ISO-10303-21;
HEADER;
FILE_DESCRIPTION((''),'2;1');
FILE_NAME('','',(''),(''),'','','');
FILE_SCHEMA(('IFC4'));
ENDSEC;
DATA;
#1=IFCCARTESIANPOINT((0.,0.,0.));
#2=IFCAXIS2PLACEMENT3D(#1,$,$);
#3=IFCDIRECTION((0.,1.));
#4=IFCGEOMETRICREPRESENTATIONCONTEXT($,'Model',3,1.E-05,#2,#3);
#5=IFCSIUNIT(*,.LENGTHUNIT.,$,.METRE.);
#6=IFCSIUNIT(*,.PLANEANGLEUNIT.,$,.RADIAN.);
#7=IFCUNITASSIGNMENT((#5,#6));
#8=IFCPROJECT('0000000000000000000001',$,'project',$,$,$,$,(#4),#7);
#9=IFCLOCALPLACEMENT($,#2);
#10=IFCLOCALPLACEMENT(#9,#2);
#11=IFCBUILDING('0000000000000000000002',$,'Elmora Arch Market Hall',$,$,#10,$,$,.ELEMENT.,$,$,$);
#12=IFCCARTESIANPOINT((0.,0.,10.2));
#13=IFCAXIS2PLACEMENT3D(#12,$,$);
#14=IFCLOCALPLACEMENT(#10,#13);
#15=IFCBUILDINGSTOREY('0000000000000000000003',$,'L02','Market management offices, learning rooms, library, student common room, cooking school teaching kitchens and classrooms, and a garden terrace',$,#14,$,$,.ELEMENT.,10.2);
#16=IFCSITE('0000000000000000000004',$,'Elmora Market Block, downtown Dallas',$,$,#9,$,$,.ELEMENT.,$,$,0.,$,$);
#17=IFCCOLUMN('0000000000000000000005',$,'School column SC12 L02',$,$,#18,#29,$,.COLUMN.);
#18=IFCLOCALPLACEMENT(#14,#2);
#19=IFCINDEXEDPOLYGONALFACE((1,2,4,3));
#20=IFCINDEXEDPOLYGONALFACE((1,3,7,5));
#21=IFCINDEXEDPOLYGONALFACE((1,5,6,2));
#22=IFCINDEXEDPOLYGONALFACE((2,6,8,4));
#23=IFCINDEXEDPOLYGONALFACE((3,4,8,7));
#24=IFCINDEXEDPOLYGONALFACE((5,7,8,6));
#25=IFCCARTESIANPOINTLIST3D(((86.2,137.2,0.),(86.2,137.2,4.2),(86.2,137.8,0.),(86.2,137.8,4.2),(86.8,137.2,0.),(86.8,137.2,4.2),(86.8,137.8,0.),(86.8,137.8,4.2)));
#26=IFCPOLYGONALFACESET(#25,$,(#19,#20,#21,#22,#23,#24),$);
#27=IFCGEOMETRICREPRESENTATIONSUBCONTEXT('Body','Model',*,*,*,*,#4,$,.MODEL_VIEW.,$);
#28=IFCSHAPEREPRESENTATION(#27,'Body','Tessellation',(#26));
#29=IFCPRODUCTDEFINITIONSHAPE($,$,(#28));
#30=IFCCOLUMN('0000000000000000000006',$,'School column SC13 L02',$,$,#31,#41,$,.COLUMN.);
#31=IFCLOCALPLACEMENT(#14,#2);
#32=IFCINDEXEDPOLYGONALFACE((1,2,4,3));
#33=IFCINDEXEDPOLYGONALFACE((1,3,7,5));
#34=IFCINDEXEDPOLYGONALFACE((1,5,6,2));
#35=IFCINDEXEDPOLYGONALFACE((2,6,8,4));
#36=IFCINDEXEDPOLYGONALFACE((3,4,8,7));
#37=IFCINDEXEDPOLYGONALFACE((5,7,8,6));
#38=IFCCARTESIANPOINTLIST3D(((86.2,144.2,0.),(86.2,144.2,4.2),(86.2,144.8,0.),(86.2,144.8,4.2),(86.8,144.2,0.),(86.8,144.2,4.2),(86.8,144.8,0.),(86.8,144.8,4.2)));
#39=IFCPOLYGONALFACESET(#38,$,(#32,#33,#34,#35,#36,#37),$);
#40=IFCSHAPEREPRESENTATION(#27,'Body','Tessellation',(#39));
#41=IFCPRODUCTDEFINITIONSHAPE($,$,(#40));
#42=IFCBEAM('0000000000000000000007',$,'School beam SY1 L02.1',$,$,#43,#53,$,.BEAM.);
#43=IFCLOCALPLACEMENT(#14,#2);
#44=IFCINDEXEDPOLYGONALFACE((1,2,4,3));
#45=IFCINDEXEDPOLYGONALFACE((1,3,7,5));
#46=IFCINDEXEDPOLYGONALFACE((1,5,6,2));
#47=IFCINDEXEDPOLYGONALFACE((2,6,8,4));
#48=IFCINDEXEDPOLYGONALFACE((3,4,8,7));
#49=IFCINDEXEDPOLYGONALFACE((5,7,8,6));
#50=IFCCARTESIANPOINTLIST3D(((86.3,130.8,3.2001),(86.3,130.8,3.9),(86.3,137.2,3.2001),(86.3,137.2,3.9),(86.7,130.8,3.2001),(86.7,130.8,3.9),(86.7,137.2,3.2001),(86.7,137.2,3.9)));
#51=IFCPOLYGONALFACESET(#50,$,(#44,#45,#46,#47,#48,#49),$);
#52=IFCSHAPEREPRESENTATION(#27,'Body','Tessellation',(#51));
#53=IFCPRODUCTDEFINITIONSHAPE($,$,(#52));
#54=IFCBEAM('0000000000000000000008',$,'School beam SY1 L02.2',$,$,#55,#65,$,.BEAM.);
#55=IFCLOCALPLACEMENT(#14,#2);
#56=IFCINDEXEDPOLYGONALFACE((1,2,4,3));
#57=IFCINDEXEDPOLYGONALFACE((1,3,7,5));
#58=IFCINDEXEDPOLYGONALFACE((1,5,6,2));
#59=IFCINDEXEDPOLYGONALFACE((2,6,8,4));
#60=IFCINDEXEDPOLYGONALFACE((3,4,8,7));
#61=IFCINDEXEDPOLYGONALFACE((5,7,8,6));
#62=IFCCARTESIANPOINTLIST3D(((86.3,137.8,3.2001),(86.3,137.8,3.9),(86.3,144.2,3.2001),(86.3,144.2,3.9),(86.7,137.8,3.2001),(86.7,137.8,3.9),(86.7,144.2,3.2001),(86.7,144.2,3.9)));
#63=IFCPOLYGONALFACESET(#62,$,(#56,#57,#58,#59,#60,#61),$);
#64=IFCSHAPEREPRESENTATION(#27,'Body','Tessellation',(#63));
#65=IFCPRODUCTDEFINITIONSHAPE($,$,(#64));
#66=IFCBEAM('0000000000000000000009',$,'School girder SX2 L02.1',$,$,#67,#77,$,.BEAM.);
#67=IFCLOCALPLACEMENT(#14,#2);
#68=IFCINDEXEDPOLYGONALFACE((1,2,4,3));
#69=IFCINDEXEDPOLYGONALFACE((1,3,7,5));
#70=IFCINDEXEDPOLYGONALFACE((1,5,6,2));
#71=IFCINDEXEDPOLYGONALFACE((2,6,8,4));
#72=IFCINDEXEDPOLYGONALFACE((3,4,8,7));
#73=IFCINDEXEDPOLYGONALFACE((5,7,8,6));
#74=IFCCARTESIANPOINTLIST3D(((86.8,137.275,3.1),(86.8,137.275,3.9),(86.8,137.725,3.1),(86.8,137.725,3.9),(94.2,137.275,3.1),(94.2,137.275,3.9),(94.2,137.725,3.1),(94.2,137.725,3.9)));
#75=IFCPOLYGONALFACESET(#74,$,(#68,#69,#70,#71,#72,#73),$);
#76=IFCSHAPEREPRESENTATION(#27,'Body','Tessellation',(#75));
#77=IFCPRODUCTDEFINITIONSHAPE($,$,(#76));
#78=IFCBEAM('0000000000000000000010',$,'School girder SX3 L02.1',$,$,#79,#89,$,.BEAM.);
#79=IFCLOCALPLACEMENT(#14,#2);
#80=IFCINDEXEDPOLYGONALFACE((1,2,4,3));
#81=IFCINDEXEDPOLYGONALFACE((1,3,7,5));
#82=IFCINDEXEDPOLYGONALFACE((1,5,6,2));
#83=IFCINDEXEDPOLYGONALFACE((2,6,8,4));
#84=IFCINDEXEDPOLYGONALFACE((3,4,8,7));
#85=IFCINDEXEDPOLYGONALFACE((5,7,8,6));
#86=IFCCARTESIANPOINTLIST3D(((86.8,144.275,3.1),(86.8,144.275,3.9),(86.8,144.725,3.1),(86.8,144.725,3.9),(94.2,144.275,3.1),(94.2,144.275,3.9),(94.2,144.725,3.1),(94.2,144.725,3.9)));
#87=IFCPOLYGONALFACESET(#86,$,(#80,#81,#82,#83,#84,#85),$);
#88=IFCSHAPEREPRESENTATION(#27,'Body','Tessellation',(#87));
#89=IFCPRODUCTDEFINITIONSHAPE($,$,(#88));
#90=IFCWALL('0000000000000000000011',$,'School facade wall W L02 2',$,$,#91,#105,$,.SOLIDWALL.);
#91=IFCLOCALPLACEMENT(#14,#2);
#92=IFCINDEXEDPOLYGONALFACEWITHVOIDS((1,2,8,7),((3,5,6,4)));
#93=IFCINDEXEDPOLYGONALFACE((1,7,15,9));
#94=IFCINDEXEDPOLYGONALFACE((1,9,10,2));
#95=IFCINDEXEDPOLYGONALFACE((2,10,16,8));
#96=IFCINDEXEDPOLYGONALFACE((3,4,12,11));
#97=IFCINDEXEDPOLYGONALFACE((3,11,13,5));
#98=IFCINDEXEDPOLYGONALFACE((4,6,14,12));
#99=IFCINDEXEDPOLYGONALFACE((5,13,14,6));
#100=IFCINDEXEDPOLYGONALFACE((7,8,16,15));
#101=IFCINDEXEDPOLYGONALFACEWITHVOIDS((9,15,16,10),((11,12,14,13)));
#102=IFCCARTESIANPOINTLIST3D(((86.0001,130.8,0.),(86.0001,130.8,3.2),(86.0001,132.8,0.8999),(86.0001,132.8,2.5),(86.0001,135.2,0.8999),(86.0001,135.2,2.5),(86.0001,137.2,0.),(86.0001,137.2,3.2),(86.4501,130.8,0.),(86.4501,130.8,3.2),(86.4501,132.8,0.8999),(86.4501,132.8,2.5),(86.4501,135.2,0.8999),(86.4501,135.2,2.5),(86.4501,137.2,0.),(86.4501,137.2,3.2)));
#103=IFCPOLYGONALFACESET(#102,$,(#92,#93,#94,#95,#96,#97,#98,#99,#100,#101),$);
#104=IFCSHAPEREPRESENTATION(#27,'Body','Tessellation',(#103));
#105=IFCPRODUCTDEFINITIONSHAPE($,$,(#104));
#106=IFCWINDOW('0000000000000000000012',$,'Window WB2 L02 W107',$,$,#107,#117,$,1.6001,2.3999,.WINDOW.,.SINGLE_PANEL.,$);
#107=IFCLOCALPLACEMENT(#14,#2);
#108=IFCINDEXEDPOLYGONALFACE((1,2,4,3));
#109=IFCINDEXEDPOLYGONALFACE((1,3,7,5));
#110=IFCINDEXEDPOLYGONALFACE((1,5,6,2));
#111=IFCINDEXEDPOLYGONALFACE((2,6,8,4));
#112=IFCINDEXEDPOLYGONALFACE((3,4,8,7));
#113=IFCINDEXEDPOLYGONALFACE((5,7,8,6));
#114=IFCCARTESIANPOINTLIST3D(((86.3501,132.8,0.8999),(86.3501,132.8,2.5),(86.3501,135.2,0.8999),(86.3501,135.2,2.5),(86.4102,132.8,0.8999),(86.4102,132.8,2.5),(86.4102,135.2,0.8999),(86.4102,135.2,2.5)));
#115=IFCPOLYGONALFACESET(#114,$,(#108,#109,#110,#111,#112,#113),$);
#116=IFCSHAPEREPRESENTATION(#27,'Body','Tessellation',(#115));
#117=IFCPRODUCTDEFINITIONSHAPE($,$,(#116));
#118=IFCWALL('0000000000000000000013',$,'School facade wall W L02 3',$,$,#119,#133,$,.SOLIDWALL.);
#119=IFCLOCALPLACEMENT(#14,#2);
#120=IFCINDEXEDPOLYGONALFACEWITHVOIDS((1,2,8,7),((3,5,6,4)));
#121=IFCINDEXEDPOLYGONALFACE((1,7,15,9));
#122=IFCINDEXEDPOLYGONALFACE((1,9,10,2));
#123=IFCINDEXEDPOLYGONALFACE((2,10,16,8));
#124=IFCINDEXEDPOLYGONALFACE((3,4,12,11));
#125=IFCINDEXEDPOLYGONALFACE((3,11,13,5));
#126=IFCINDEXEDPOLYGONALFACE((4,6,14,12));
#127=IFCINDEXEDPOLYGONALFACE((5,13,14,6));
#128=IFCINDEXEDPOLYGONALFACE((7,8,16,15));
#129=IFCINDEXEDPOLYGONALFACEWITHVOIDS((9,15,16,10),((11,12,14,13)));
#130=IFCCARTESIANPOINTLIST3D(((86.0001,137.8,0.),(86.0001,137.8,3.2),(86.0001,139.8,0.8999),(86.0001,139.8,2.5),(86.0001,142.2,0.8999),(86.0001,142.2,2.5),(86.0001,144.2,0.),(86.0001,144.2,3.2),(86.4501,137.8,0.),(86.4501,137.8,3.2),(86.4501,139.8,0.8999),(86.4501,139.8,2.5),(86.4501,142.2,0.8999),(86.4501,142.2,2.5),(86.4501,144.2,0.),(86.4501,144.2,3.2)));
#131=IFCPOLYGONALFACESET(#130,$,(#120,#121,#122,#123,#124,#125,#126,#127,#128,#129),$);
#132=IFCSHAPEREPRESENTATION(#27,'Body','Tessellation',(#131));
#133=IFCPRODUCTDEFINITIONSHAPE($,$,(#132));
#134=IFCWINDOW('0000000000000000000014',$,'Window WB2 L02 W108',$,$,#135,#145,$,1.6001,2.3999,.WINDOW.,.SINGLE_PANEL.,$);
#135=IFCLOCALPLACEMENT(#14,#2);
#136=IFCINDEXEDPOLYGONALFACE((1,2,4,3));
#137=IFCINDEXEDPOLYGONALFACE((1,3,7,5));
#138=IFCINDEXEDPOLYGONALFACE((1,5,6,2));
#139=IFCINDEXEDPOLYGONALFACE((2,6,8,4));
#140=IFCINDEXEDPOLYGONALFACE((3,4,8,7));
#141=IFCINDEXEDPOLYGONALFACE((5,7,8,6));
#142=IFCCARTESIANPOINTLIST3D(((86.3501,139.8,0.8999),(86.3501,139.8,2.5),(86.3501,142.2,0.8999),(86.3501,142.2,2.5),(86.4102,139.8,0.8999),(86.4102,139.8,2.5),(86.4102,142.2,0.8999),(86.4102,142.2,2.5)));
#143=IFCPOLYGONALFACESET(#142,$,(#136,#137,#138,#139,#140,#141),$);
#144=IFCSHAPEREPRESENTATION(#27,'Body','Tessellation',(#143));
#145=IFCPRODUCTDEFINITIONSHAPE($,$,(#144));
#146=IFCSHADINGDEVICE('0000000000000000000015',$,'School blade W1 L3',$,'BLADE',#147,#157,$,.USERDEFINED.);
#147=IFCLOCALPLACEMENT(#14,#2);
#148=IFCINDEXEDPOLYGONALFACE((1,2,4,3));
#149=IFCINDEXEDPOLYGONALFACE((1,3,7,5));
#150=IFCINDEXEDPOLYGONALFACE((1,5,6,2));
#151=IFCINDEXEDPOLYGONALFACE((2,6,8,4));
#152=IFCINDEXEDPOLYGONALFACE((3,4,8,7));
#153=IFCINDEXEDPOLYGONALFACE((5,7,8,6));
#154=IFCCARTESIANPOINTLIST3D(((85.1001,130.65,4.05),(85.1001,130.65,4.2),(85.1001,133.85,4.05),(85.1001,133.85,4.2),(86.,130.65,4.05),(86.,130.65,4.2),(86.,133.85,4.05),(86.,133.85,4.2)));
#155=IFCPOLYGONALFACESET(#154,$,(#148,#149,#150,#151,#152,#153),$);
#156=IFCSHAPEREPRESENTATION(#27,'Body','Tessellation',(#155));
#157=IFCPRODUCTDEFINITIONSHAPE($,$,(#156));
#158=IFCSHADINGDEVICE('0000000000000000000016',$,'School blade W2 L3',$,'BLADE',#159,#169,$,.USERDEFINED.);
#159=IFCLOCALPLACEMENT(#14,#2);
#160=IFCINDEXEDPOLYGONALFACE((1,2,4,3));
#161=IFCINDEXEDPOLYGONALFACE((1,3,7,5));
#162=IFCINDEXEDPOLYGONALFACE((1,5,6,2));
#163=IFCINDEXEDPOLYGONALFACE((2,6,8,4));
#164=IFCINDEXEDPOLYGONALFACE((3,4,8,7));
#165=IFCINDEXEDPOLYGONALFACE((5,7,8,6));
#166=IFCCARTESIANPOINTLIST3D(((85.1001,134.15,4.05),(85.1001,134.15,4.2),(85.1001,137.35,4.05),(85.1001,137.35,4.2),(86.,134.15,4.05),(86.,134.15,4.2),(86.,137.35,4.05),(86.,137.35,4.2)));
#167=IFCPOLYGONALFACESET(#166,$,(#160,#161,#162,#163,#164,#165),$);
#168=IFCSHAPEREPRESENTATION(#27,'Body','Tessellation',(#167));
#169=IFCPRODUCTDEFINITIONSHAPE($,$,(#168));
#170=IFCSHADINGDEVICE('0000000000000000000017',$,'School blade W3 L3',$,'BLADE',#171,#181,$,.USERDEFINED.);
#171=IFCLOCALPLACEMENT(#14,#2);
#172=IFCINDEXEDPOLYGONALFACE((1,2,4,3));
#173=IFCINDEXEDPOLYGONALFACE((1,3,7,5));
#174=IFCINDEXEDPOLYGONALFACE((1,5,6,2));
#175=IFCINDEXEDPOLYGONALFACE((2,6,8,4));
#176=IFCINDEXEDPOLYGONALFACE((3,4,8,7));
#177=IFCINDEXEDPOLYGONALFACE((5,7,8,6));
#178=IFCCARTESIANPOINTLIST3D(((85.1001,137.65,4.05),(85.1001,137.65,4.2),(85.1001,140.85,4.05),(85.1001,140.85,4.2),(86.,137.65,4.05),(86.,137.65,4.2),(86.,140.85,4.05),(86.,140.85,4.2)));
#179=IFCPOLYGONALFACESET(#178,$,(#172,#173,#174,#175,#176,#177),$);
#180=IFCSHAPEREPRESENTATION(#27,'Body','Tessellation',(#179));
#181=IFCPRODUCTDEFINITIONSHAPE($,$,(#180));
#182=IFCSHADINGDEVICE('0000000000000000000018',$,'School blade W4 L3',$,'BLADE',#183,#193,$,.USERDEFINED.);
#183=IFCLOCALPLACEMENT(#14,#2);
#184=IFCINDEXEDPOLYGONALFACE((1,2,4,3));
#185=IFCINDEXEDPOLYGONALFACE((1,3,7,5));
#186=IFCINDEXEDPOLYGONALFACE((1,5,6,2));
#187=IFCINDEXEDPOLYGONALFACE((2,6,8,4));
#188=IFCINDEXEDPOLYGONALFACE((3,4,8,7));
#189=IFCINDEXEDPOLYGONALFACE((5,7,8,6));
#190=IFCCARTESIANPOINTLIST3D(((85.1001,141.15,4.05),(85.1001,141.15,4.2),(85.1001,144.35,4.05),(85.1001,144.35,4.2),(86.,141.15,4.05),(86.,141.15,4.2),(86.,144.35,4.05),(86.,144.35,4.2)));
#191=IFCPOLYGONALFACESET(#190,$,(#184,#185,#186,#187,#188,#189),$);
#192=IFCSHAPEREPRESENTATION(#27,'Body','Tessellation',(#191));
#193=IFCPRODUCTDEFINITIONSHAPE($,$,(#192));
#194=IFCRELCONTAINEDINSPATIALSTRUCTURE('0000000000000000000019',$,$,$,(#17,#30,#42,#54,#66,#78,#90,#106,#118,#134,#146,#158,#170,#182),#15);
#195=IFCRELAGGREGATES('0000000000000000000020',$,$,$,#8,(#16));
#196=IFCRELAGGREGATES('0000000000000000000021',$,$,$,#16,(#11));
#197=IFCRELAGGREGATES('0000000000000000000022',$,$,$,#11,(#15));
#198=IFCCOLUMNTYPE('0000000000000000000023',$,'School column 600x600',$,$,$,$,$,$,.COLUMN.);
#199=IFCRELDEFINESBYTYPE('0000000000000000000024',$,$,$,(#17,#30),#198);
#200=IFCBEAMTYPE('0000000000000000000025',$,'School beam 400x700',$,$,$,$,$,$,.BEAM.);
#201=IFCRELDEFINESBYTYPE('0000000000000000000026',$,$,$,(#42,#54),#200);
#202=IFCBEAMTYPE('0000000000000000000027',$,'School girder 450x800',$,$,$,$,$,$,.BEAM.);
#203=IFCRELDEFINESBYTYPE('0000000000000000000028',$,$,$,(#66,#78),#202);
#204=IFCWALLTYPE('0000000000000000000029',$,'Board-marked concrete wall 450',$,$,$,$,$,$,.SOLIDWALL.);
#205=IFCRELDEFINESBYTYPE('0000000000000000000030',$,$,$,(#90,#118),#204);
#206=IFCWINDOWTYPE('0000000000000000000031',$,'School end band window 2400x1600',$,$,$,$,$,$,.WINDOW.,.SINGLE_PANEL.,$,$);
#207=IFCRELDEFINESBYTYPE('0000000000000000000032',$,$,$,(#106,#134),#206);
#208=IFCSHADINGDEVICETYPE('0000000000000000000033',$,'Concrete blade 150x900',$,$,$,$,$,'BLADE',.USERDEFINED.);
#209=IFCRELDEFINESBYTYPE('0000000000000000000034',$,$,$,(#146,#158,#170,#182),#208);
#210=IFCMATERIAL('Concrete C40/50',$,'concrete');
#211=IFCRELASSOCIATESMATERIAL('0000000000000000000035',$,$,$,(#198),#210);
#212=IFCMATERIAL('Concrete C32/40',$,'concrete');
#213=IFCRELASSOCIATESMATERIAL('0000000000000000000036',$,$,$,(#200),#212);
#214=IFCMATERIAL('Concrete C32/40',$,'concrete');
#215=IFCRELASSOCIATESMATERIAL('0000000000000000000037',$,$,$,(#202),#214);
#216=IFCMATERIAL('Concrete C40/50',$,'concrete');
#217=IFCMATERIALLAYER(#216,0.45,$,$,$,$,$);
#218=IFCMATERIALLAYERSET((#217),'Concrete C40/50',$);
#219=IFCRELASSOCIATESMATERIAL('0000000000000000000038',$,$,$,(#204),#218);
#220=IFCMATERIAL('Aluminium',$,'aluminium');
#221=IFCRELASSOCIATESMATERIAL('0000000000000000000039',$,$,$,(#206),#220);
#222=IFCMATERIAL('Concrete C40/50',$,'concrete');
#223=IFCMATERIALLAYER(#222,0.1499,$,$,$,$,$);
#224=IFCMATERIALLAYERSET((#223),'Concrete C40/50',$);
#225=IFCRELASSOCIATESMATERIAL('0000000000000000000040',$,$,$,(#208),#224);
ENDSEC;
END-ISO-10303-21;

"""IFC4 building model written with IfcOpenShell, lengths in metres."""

from ifc_helpers import new_model, si_unit, direction, frame, frame_2d, origin, origin_2d, place, context, subcontext, project, spatial, rectangle, extrude, material, layer, layer_set, material_profile, profile_set, type_object, element, fill, save


model = new_model("IFC4")

# Units and contexts
model_context = context("Model", 3, precision=1e-05, world=origin(), true_north=direction((0.0, 1.0)))
body_context = subcontext(model_context, "Body", "Model", "MODEL_VIEW")
ifc_project = project(units=[si_unit("LENGTHUNIT", "METRE"), si_unit("PLANEANGLEUNIT", "RADIAN")], contexts=[model_context])

# Site, building, storey
site_placement = place(None, origin())
site = spatial("IfcSite", under=ifc_project, at=site_placement, Name="Elmora Market Block, downtown Dallas", CompositionType="ELEMENT", RefElevation=0.0)
building_placement = place(site_placement, origin())
building = spatial("IfcBuilding", under=site, at=building_placement, Name="Elmora Arch Market Hall", CompositionType="ELEMENT")
storey_placement = place(building_placement, frame((0.0, 0.0, 10.2)))
storey = spatial("IfcBuildingStorey", under=building, at=storey_placement, Name="L02", Description="Market management offices, learning rooms, library, student common room, cooking school teaching kitchens and classrooms, and a garden terrace", CompositionType="ELEMENT", Elevation=10.2)

# Columns
ifc_material_1 = material(Name="Concrete C40/50", Category="concrete")
ifc_material_profile_1 = material_profile(ifc_material_1, rectangle(XDim=0.6001, YDim=0.6001, at=origin_2d()), Name="School column 600x600")
ifc_profile_set_1 = profile_set([ifc_material_profile_1], Name="Concrete C40/50")
column_type = type_object("IfcColumnType", Name="School column 600x600", PredefinedType="COLUMN", material=ifc_profile_set_1)
for number, where, z_axis, x_axis, name in (
    (1, (86.5, 137.5, 0.0), (0.0, 0.0, 1.0), (1.0, 0.0, 0.0), "School column SC12 L02"),
    (2, (86.5, 144.5, 0.0), (0.0, 0.0, 1.0), (1.0, 0.0, 0.0), "School column SC13 L02"),
):
    element("IfcColumn", number, at=place(storey_placement, frame(where, z_axis=z_axis, x_axis=x_axis)), inside=storey, type_object=column_type, Name=name, PredefinedType="COLUMN", context=body_context, shape_type="SweptSolid", body=[
        extrude(rectangle(XDim=0.6001, YDim=0.6001, at=origin_2d()), origin(), (0.0, 0.0, 1.0), 4.2),
    ])

# Beams
ifc_material_2 = material(Name="Concrete C32/40", Category="concrete")
ifc_material_profile_2 = material_profile(ifc_material_2, rectangle(XDim=0.3999, YDim=0.7, at=origin_2d()), Name="School beam 400x700")
ifc_profile_set_2 = profile_set([ifc_material_profile_2], Name="Concrete C32/40")
beam_type_1 = type_object("IfcBeamType", Name="School beam 400x700", PredefinedType="BEAM", material=ifc_profile_set_2)
for number, where, z_axis, x_axis, name in (
    (3, (86.5, 130.8, 3.55), (0.0, 1.0, 0.0), (-1.0, 0.0, 0.0), "School beam SY1 L02.1"),
    (4, (86.5, 137.8, 3.55), (0.0, 1.0, 0.0), (-1.0, 0.0, 0.0), "School beam SY1 L02.2"),
):
    element("IfcBeam", number, at=place(storey_placement, frame(where, z_axis=z_axis, x_axis=x_axis)), inside=storey, type_object=beam_type_1, Name=name, PredefinedType="BEAM", context=body_context, shape_type="SweptSolid", body=[
        extrude(rectangle(XDim=0.3999, YDim=0.7, at=origin_2d()), origin(), (0.0, 0.0, 1.0), 6.3999),
    ])
ifc_material_3 = material(Name="Concrete C32/40", Category="concrete")
ifc_material_profile_3 = material_profile(ifc_material_3, rectangle(XDim=0.45, YDim=0.8, at=origin_2d()), Name="School girder 450x800")
ifc_profile_set_3 = profile_set([ifc_material_profile_3], Name="Concrete C32/40")
beam_type_2 = type_object("IfcBeamType", Name="School girder 450x800", PredefinedType="BEAM", material=ifc_profile_set_3)
for number, where, z_axis, x_axis, name in (
    (5, (86.8, 137.5, 3.5), (1.0, 0.0, 0.0), (0.0, 1.0, 0.0), "School girder SX2 L02.1"),
    (6, (86.8, 144.5, 3.5), (1.0, 0.0, 0.0), (0.0, 1.0, 0.0), "School girder SX3 L02.1"),
):
    element("IfcBeam", number, at=place(storey_placement, frame(where, z_axis=z_axis, x_axis=x_axis)), inside=storey, type_object=beam_type_2, Name=name, PredefinedType="BEAM", context=body_context, shape_type="SweptSolid", body=[
        extrude(rectangle(XDim=0.45, YDim=0.8, at=origin_2d()), origin(), (0.0, 0.0, 1.0), 7.3999),
    ])

# Walls, openings, windows
ifc_material_4 = material(Name="Concrete C40/50", Category="concrete")
ifc_layer_1 = layer(ifc_material_4, 0.45)
ifc_layer_set_1 = layer_set([ifc_layer_1], Name="Concrete C40/50")
wall_type = type_object("IfcWallType", Name="Board-marked concrete wall 450", PredefinedType="SOLIDWALL", material=ifc_layer_set_1)
wall_1_placement = place(storey_placement, frame((86.2251, 130.8, 0.0), z_axis=(0.0, 0.0, 1.0), x_axis=(0.0, 1.0, 0.0)))
wall_1 = element("IfcWall", 7, at=wall_1_placement, inside=storey, type_object=wall_type, Name="School facade wall W L02 2", PredefinedType="SOLIDWALL", context=body_context, shape_type="SweptSolid", body=[
    extrude(rectangle(XDim=6.3999, YDim=0.45, at=frame_2d((3.2, 0.0))), origin(), (0.0, 0.0, 1.0), 3.2),
])
opening_1_placement = place(wall_1_placement, frame((2.0, 0.0, 0.8999)))
opening_1 = element("IfcOpeningElement", 8, at=opening_1_placement, cuts=wall_1, PredefinedType="OPENING", context=body_context, shape_type="SweptSolid", body=[
    extrude(rectangle(XDim=2.3999, YDim=1.6001, at=frame_2d((1.2, 0.8))), frame((0.0, 0.2349, 0.0), z_axis=(0.0, -1.0, 0.0), x_axis=(1.0, 0.0, 0.0)), (0.0, 0.0, 1.0), 0.47),
])
ifc_material_5 = material(Name="Aluminium", Category="aluminium")
window_type = type_object("IfcWindowType", Name="School end band window 2400x1600", PartitioningType="SINGLE_PANEL", PredefinedType="WINDOW", material=ifc_material_5)
window_1_placement = place(opening_1_placement, origin())
window_1 = element("IfcWindow", 9, at=window_1_placement, inside=storey, type_object=window_type, Name="Window WB2 L02 W107", OverallHeight=1.6001, OverallWidth=2.3999, PartitioningType="SINGLE_PANEL", PredefinedType="WINDOW", context=body_context, shape_type="SweptSolid", body=[
    extrude(rectangle(XDim=2.3999, YDim=1.6001, at=frame_2d((1.2, 0.8))), frame((0.0, -0.125, 0.0), z_axis=(0.0, -1.0, 0.0), x_axis=(1.0, 0.0, 0.0)), (0.0, 0.0, 1.0), 0.0601),
])
fill(opening_1, window_1)
wall_2_placement = place(storey_placement, frame((86.2251, 137.8, 0.0), z_axis=(0.0, 0.0, 1.0), x_axis=(0.0, 1.0, 0.0)))
wall_2 = element("IfcWall", 10, at=wall_2_placement, inside=storey, type_object=wall_type, Name="School facade wall W L02 3", PredefinedType="SOLIDWALL", context=body_context, shape_type="SweptSolid", body=[
    extrude(rectangle(XDim=6.3999, YDim=0.45, at=frame_2d((3.2, 0.0))), origin(), (0.0, 0.0, 1.0), 3.2),
])
opening_2_placement = place(wall_2_placement, frame((2.0, 0.0, 0.8999)))
opening_2 = element("IfcOpeningElement", 11, at=opening_2_placement, cuts=wall_2, PredefinedType="OPENING", context=body_context, shape_type="SweptSolid", body=[
    extrude(rectangle(XDim=2.3999, YDim=1.6001, at=frame_2d((1.2, 0.8))), frame((0.0, 0.2349, 0.0), z_axis=(0.0, -1.0, 0.0), x_axis=(1.0, 0.0, 0.0)), (0.0, 0.0, 1.0), 0.47),
])
window_2_placement = place(opening_2_placement, origin())
window_2 = element("IfcWindow", 12, at=window_2_placement, inside=storey, type_object=window_type, Name="Window WB2 L02 W108", OverallHeight=1.6001, OverallWidth=2.3999, PartitioningType="SINGLE_PANEL", PredefinedType="WINDOW", context=body_context, shape_type="SweptSolid", body=[
    extrude(rectangle(XDim=2.3999, YDim=1.6001, at=frame_2d((1.2, 0.8))), frame((0.0, -0.125, 0.0), z_axis=(0.0, -1.0, 0.0), x_axis=(1.0, 0.0, 0.0)), (0.0, 0.0, 1.0), 0.0601),
])
fill(opening_2, window_2)

# Shading devices
ifc_material_6 = material(Name="Concrete C40/50", Category="concrete")
ifc_layer_2 = layer(ifc_material_6, 0.1499)
ifc_layer_set_2 = layer_set([ifc_layer_2], Name="Concrete C40/50")
shading_device_type_1 = type_object("IfcShadingDeviceType", Name="Concrete blade 150x900", ElementType="BLADE", PredefinedType="USERDEFINED", material=ifc_layer_set_2)
for number, where, z_axis, x_axis, name in (
    (13, (85.55, 132.25, 4.05), (0.0, 0.0, 1.0), (1.0, 0.0, 0.0), "School blade W1 L3"),
    (14, (85.55, 135.75, 4.05), (0.0, 0.0, 1.0), (1.0, 0.0, 0.0), "School blade W2 L3"),
    (15, (85.55, 139.25, 4.05), (0.0, 0.0, 1.0), (1.0, 0.0, 0.0), "School blade W3 L3"),
    (16, (85.55, 142.75, 4.05), (0.0, 0.0, 1.0), (1.0, 0.0, 0.0), "School blade W4 L3"),
):
    element("IfcShadingDevice", number, at=place(storey_placement, frame(where, z_axis=z_axis, x_axis=x_axis)), inside=storey, type_object=shading_device_type_1, Name=name, ObjectType="BLADE", PredefinedType="USERDEFINED", context=body_context, shape_type="SweptSolid", body=[
        extrude(rectangle(XDim=0.8999, YDim=3.2, at=origin_2d()), origin(), (0.0, 0.0, 1.0), 0.1499),
    ])

save(model, "model.ifc")
